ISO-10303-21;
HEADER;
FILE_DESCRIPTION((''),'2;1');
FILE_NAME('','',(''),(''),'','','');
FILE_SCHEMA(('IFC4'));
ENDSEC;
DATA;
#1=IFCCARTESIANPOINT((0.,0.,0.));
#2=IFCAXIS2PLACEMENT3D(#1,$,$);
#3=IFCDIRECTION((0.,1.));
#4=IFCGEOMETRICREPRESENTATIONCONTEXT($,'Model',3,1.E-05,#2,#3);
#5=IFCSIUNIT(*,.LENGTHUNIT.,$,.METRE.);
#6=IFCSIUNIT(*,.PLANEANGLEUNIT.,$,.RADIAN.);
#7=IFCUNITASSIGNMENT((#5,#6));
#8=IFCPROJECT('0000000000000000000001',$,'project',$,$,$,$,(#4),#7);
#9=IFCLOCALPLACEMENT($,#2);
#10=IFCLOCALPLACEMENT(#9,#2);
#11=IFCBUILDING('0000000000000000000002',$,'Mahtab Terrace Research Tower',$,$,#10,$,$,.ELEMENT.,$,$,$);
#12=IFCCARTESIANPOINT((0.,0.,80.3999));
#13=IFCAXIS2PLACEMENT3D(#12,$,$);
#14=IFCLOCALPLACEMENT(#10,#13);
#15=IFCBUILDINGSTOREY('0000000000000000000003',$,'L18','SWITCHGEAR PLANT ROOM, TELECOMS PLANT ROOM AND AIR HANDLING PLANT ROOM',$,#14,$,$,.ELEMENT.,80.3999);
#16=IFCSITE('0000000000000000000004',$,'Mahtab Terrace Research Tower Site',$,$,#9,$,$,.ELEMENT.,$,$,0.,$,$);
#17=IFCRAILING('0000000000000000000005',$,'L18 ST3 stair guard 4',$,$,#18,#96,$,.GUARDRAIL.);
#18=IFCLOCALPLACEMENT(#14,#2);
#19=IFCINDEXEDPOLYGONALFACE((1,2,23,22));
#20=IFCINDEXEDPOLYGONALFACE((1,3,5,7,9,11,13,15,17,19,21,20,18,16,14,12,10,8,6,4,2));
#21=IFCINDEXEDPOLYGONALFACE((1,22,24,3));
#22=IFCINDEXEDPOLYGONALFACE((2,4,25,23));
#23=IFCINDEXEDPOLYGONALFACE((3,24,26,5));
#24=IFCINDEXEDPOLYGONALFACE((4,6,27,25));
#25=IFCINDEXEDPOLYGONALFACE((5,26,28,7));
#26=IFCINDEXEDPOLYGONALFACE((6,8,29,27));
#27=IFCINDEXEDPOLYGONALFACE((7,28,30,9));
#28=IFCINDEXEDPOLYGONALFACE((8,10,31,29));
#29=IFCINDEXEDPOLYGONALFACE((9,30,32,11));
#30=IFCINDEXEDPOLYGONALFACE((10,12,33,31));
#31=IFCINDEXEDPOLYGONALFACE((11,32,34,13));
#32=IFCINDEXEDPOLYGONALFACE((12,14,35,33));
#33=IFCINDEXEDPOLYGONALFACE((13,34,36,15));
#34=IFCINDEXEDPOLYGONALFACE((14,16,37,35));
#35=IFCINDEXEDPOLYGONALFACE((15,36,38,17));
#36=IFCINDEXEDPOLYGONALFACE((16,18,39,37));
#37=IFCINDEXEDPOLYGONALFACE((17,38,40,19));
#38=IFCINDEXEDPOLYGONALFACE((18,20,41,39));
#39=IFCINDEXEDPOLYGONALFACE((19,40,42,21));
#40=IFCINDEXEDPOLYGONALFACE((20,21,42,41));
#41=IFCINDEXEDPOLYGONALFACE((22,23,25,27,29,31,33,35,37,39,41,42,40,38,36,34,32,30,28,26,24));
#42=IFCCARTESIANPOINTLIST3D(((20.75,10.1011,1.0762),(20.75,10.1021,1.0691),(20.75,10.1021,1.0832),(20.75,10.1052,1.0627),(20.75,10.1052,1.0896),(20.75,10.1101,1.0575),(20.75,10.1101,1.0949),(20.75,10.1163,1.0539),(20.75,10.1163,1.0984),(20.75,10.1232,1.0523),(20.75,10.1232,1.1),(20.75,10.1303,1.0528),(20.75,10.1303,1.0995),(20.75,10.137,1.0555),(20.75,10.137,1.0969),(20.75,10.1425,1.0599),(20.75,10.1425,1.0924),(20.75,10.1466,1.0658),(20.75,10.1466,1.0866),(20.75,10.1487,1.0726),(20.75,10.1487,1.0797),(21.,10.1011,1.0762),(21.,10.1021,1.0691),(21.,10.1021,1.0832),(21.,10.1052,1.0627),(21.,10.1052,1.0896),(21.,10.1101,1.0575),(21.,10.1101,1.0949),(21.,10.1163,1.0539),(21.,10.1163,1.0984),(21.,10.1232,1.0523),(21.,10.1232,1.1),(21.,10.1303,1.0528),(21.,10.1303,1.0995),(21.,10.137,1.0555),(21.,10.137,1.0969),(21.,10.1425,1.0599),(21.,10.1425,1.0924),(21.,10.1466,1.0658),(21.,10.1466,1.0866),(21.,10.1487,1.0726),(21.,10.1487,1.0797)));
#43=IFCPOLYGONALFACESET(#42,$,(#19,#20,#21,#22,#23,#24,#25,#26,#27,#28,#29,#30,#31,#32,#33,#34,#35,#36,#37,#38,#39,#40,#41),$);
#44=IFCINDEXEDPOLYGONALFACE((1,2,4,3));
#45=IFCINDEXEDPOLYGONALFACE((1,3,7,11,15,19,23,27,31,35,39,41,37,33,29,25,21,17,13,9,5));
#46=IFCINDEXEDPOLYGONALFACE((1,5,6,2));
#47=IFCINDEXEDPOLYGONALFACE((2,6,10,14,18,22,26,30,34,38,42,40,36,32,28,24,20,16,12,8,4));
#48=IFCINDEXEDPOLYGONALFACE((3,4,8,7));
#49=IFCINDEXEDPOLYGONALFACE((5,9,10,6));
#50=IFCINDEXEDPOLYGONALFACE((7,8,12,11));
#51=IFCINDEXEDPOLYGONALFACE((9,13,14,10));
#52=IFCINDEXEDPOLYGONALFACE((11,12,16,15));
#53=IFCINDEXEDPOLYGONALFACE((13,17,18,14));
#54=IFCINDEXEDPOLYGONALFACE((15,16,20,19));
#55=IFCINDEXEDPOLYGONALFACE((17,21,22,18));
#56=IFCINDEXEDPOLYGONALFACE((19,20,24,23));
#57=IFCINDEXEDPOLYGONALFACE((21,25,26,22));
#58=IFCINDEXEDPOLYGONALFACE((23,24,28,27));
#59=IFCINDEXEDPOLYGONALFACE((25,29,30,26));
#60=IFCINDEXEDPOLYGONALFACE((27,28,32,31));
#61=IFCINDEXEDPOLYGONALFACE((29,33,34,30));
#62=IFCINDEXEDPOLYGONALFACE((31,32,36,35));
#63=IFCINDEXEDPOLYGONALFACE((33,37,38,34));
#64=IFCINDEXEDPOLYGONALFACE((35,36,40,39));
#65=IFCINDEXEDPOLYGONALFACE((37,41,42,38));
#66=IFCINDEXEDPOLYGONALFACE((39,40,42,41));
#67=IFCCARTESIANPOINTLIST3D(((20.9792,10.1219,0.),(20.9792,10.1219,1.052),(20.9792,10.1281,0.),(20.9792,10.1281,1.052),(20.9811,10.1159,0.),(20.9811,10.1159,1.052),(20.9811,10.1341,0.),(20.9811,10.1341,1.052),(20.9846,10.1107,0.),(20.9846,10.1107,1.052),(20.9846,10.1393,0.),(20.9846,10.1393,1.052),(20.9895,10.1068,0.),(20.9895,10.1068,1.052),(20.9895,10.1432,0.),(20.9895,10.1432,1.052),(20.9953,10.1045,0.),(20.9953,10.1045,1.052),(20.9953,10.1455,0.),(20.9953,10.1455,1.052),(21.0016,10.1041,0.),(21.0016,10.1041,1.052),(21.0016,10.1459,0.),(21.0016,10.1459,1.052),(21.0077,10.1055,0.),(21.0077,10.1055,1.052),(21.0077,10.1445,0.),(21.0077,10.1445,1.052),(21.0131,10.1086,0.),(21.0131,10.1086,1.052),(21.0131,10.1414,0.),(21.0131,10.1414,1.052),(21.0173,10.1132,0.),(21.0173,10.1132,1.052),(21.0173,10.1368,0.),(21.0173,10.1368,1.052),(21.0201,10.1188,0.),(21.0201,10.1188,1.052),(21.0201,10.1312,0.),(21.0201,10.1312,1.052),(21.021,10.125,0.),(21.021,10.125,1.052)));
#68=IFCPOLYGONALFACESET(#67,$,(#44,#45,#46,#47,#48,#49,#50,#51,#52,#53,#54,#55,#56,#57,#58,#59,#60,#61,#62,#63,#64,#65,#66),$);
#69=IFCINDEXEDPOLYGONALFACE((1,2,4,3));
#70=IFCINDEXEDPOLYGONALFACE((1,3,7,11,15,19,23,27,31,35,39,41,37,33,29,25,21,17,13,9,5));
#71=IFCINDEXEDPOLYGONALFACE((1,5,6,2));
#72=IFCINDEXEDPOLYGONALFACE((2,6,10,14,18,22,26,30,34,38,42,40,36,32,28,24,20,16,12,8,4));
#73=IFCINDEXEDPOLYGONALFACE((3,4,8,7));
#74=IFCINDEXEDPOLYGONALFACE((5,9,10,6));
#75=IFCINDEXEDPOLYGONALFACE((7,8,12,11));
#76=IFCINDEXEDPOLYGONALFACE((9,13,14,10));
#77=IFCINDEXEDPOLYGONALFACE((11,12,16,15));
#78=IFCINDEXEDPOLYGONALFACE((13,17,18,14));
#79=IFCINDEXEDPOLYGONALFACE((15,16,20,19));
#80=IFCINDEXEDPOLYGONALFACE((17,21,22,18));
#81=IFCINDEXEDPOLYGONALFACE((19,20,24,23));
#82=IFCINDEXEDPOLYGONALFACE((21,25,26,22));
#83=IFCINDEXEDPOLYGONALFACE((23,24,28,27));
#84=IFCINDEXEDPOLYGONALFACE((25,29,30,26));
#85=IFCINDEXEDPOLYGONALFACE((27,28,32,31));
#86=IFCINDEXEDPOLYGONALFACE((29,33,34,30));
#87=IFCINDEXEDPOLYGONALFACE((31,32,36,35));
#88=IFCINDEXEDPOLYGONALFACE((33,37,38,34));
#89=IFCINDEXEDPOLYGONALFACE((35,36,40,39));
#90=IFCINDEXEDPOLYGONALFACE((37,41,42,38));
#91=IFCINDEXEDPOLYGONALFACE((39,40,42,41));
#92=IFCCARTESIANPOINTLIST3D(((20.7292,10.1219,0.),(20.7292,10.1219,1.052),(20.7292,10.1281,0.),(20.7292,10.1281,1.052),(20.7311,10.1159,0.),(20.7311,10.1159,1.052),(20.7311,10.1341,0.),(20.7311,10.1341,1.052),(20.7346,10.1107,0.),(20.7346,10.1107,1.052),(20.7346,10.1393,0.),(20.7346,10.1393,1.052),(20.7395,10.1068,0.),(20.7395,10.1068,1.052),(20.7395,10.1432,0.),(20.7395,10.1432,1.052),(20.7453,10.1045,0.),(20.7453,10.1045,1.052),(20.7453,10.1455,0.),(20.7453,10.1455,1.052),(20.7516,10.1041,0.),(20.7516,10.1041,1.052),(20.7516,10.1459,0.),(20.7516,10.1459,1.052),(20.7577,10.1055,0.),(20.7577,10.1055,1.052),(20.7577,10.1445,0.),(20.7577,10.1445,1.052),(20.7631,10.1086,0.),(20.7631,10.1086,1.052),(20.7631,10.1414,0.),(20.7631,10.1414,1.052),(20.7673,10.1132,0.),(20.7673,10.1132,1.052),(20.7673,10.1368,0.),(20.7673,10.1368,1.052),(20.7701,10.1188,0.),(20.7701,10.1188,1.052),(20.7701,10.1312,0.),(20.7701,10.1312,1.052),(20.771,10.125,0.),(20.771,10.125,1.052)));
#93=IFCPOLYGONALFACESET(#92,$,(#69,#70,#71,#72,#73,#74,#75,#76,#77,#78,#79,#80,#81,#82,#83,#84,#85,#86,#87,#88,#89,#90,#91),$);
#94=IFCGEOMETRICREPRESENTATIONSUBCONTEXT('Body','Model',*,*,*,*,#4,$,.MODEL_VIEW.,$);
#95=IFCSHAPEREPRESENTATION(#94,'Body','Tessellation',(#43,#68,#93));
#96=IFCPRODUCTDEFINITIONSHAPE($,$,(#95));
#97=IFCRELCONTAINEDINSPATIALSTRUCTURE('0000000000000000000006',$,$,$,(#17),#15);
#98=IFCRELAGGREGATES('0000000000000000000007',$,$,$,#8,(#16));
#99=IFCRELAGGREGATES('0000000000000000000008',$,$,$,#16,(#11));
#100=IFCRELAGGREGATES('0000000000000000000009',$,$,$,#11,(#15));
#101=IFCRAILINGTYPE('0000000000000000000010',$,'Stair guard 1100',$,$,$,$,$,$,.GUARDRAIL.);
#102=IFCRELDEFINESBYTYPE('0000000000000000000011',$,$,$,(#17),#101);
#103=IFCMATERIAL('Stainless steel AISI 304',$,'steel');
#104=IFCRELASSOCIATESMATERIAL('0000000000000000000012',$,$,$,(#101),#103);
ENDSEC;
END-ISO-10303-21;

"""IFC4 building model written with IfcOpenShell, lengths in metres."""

from ifc_helpers import new_model, si_unit, direction, frame, origin, origin_2d, place, context, subcontext, project, spatial, circle, extrude, material, type_object, element, save


model = new_model("IFC4")

# Units and contexts
model_context = context("Model", 3, precision=1e-05, world=origin(), true_north=direction((0.0, 1.0)))
body_context = subcontext(model_context, "Body", "Model", "MODEL_VIEW")
ifc_project = project(units=[si_unit("LENGTHUNIT", "METRE"), si_unit("PLANEANGLEUNIT", "RADIAN")], contexts=[model_context])

# Site, building, storey
site_placement = place(None, origin())
site = spatial("IfcSite", under=ifc_project, at=site_placement, Name="Mahtab Terrace Research Tower Site", CompositionType="ELEMENT", RefElevation=0.0)
building_placement = place(site_placement, origin())
building = spatial("IfcBuilding", under=site, at=building_placement, Name="Mahtab Terrace Research Tower", CompositionType="ELEMENT")
storey_placement = place(building_placement, frame((0.0, 0.0, 80.3999)))
storey = spatial("IfcBuildingStorey", under=building, at=storey_placement, Name="L18", Description="SWITCHGEAR PLANT ROOM, TELECOMS PLANT ROOM AND AIR HANDLING PLANT ROOM", CompositionType="ELEMENT", Elevation=80.3999)

# Railing
ifc_material_1 = material(Name="Stainless steel AISI 304", Category="steel")
railing_type_1 = type_object("IfcRailingType", Name="Stair guard 1100", PredefinedType="GUARDRAIL", material=ifc_material_1)
railing_1_placement = place(storey_placement, frame((21.0, 10.125, 0.0)))
element("IfcRailing", 1, at=railing_1_placement, inside=storey, type_object=railing_type_1, Name="L18 ST3 stair guard 4", PredefinedType="GUARDRAIL", context=body_context, shape_type="SweptSolid", body=[
    extrude(circle(Radius=0.0239, at=origin_2d()), frame((0.0, 0.0, 1.0762), z_axis=(-1.0, 0.0, 0.0), x_axis=(0.0, -1.0, 0.0)), (0.0, 0.0, 1.0), 0.25),
    extrude(circle(Radius=0.021, at=origin_2d()), origin(), (0.0, 0.0, 1.0), 1.052),
    extrude(circle(Radius=0.021, at=origin_2d()), frame((-0.25, 0.0, 0.0)), (0.0, 0.0, 1.0), 1.052),
])

save(model, "model.ifc")
